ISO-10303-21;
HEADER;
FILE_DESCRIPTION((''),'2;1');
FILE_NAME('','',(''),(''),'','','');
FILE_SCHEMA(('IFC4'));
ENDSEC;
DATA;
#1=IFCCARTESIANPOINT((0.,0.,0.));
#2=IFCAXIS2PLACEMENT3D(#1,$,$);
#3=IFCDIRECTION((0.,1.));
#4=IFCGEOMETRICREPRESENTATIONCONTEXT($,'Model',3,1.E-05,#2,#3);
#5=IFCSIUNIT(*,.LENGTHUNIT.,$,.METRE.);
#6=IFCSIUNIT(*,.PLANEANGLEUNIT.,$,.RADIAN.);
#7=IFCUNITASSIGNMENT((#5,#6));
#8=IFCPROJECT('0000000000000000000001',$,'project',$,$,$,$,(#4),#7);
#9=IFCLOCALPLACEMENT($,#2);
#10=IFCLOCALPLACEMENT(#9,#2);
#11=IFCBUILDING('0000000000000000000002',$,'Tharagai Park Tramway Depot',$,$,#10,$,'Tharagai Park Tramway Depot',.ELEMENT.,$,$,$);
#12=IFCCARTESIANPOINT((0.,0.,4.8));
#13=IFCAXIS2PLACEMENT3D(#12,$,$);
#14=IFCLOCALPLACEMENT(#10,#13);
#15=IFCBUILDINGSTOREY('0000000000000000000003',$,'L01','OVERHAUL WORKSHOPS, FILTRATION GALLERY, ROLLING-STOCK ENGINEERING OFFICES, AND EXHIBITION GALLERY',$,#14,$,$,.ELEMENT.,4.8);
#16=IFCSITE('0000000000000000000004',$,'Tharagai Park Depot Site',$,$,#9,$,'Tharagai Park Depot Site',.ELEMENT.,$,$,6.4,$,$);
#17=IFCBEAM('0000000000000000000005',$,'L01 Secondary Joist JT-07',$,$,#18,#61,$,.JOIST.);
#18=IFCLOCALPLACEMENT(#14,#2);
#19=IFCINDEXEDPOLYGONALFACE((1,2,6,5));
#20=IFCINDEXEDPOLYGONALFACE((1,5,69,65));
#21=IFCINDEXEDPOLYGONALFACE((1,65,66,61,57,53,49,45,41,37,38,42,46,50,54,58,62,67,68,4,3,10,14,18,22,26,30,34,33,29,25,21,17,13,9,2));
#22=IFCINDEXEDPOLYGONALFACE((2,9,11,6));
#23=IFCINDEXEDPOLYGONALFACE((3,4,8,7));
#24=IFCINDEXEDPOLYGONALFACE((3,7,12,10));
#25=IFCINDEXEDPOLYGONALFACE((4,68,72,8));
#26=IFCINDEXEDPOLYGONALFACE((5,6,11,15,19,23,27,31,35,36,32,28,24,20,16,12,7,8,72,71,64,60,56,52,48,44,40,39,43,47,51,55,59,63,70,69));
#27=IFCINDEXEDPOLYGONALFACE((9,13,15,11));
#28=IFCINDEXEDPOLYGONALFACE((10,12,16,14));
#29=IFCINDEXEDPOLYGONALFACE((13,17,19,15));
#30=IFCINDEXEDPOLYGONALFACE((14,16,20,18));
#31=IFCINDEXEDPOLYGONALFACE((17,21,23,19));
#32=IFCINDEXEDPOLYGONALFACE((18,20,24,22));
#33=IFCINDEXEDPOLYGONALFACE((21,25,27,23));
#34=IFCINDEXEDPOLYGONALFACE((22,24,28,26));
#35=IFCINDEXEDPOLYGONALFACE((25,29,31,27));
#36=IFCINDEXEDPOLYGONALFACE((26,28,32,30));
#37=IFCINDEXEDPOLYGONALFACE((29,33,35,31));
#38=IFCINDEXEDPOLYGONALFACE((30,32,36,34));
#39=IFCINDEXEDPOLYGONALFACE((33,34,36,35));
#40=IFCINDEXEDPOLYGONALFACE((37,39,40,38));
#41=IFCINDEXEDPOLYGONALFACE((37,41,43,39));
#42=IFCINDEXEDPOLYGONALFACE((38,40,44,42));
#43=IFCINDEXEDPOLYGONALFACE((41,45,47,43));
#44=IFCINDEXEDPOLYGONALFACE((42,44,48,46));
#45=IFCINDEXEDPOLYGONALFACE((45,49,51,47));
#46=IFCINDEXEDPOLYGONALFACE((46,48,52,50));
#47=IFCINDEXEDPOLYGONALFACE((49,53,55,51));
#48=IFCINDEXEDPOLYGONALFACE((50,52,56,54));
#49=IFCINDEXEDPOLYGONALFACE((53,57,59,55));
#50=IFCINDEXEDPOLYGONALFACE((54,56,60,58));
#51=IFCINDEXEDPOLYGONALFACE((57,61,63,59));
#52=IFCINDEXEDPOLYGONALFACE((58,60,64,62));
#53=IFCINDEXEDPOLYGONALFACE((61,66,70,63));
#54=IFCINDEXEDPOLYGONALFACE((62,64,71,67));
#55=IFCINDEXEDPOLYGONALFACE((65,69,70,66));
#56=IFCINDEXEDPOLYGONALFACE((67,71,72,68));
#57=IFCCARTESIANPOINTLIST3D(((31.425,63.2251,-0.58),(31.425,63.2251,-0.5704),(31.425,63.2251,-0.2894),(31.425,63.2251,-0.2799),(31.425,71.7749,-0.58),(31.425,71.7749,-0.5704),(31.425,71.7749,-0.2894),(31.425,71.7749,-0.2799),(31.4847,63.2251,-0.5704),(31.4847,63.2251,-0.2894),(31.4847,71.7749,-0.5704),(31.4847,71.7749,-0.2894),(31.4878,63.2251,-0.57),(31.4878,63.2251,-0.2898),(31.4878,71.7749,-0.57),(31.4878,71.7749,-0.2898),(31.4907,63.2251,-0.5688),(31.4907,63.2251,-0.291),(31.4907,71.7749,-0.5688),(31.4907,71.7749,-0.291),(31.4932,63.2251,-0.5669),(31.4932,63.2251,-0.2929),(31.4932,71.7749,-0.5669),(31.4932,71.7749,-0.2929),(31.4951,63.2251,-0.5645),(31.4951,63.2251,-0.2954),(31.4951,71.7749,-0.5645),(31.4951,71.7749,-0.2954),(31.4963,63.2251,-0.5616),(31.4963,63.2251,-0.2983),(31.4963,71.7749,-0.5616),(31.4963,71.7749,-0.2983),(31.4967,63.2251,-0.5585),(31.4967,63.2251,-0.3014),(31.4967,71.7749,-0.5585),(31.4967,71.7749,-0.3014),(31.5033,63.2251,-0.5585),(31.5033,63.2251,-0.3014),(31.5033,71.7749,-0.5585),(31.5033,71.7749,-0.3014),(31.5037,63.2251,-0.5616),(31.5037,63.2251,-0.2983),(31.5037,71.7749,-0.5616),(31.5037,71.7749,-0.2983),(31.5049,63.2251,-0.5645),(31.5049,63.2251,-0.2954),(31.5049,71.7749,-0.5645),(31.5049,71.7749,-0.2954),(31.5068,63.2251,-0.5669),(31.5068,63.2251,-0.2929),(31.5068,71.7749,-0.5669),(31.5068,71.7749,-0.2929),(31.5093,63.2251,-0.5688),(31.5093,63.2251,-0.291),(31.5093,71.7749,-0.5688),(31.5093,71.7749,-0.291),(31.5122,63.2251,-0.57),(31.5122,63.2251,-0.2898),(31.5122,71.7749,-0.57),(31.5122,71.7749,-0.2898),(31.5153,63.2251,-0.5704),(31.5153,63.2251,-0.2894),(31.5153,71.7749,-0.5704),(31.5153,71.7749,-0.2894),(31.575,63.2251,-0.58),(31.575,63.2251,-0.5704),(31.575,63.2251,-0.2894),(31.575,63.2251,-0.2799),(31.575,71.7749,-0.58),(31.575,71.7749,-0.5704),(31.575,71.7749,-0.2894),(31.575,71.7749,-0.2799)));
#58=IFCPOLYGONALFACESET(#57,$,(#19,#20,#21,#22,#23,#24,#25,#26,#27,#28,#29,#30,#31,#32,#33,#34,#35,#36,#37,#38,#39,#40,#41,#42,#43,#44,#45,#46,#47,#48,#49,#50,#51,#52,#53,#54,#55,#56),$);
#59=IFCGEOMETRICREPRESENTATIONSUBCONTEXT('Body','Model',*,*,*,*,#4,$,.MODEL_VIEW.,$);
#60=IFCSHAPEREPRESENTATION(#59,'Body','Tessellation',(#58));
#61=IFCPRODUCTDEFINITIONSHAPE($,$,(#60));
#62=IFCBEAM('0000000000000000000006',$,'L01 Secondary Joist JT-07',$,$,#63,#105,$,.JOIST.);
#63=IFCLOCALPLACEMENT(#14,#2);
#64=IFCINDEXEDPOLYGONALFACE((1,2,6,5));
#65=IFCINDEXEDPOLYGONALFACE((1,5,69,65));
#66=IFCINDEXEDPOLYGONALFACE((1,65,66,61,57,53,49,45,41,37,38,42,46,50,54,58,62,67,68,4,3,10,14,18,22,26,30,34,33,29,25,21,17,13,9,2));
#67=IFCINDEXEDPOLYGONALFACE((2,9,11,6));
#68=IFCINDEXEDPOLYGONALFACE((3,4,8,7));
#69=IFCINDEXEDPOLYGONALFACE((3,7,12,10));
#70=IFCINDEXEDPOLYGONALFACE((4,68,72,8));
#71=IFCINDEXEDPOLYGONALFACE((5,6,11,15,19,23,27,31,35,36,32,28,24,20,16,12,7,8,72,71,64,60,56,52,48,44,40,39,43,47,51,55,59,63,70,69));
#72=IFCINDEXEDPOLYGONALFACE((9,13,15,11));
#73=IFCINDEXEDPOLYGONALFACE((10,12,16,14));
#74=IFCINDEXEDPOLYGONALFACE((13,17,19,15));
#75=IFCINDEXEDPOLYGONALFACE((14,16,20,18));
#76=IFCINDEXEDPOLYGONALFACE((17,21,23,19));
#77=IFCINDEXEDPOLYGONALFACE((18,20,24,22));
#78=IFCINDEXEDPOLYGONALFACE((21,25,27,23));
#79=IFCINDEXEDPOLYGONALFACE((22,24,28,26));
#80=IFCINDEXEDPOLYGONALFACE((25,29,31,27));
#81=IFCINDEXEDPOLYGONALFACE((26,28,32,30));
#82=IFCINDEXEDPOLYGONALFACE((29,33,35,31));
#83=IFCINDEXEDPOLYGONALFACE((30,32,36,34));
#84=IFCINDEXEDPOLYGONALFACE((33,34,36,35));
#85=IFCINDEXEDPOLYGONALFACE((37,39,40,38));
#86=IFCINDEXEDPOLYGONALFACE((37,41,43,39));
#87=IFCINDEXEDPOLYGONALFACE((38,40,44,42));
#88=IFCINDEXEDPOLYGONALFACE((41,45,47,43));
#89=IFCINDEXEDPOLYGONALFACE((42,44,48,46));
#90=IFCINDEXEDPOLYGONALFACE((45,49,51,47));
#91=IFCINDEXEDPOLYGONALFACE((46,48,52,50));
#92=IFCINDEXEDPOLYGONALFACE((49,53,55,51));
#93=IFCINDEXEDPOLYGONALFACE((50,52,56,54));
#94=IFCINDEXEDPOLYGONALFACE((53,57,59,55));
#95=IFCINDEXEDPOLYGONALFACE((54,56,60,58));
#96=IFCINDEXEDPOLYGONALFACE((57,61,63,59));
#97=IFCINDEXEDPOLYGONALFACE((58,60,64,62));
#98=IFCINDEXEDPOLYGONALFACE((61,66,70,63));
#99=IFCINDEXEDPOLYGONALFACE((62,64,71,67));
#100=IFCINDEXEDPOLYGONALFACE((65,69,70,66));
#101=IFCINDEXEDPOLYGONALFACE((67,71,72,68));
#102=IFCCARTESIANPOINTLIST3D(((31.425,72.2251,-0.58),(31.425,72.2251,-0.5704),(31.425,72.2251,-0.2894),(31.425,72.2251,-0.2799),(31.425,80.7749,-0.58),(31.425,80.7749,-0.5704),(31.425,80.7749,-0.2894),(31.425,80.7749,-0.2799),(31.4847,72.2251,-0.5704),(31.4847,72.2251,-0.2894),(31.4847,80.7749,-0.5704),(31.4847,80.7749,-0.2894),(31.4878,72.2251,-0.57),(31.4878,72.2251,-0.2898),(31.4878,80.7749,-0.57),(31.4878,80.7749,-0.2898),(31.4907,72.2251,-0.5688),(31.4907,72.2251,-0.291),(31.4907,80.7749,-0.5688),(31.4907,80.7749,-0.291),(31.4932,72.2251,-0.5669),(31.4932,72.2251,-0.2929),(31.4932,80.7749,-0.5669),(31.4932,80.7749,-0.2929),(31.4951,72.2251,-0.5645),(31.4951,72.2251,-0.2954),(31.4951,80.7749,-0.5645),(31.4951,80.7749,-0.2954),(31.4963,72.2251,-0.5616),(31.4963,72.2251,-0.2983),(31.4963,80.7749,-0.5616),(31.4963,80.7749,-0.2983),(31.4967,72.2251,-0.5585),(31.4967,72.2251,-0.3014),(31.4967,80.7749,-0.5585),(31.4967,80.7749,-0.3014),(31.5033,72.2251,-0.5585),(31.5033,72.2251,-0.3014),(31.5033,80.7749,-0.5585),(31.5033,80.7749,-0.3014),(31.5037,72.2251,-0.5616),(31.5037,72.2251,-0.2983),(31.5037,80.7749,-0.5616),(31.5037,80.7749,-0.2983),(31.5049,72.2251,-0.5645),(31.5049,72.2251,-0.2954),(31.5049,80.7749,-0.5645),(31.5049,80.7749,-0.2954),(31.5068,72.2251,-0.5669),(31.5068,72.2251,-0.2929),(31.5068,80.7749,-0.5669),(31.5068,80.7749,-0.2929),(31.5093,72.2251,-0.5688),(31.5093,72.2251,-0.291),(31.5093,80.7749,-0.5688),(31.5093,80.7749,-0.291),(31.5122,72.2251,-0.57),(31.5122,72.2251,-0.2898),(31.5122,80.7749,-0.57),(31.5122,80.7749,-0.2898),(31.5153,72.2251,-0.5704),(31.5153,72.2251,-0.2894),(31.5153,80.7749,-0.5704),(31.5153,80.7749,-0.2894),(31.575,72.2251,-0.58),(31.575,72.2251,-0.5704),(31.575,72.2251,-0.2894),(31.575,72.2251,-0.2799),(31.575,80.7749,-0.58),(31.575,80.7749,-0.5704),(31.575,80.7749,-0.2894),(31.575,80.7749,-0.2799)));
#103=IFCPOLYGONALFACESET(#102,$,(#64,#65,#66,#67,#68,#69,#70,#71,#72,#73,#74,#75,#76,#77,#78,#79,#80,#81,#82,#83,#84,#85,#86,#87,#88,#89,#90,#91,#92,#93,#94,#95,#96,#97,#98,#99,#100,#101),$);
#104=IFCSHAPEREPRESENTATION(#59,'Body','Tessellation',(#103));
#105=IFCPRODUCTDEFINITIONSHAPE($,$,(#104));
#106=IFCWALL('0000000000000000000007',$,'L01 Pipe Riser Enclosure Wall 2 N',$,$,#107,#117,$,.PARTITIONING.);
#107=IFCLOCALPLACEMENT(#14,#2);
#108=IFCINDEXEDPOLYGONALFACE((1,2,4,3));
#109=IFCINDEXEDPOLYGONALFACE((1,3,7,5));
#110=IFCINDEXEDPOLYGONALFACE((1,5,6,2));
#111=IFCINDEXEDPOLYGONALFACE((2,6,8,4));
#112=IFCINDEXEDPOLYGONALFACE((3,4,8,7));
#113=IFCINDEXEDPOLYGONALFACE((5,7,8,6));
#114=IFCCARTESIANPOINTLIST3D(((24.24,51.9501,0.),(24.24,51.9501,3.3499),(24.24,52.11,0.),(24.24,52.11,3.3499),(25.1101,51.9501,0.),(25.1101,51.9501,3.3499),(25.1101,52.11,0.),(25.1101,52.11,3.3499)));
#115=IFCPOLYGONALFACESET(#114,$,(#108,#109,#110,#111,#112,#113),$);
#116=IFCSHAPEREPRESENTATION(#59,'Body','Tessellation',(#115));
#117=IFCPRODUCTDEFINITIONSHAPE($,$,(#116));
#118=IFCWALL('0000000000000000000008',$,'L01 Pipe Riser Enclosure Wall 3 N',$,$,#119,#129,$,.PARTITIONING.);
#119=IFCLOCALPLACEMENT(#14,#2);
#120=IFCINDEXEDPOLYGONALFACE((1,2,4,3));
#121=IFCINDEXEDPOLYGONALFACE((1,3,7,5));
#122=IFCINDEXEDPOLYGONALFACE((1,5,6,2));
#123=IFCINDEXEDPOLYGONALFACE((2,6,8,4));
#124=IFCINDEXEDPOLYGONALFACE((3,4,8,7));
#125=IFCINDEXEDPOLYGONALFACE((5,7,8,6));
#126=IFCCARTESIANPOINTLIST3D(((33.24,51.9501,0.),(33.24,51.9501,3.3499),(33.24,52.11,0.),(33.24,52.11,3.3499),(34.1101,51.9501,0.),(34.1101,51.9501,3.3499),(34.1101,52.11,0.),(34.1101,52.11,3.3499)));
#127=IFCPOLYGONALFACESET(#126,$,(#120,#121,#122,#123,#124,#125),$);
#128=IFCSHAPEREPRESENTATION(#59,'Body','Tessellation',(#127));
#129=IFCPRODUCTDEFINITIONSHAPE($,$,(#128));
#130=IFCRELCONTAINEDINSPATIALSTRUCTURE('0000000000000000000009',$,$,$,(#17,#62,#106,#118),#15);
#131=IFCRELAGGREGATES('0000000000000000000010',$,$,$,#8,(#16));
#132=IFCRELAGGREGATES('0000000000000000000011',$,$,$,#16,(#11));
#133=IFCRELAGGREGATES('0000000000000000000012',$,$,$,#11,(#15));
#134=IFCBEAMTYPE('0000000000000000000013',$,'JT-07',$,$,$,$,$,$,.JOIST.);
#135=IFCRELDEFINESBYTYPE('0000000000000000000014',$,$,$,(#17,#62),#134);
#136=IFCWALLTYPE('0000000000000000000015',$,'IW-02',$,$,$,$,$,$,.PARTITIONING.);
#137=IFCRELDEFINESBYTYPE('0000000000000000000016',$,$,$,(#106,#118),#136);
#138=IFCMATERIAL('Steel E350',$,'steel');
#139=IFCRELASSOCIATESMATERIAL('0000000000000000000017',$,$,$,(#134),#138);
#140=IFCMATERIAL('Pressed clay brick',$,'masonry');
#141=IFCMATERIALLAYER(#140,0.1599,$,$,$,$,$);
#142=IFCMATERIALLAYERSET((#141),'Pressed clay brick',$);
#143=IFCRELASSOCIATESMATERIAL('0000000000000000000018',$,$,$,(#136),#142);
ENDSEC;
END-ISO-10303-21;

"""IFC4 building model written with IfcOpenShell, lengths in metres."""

from ifc_helpers import new_model, si_unit, direction, frame, frame_2d, origin, origin_2d, place, context, subcontext, project, spatial, rectangle, i_section, extrude, material, layer, layer_set, material_profile, profile_set, type_object, element, save


model = new_model("IFC4")

# Units and contexts
model_context = context("Model", 3, precision=1e-05, world=origin(), true_north=direction((0.0, 1.0)))
body_context = subcontext(model_context, "Body", "Model", "MODEL_VIEW")
ifc_project = project(units=[si_unit("LENGTHUNIT", "METRE"), si_unit("PLANEANGLEUNIT", "RADIAN")], contexts=[model_context])

# Site, building, storey
site_placement = place(None, origin())
site = spatial("IfcSite", under=ifc_project, at=site_placement, Name="Tharagai Park Depot Site", LongName="Tharagai Park Depot Site", CompositionType="ELEMENT", RefElevation=6.4)
building_placement = place(site_placement, origin())
building = spatial("IfcBuilding", under=site, at=building_placement, Name="Tharagai Park Tramway Depot", LongName="Tharagai Park Tramway Depot", CompositionType="ELEMENT")
storey_placement = place(building_placement, frame((0.0, 0.0, 4.8)))
storey = spatial("IfcBuildingStorey", under=building, at=storey_placement, Name="L01", Description="OVERHAUL WORKSHOPS, FILTRATION GALLERY, ROLLING-STOCK ENGINEERING OFFICES, AND EXHIBITION GALLERY", CompositionType="ELEMENT", Elevation=4.8)

# Shared definitions
ifc_material_1 = material(Name="Steel E350", Category="steel")

# Beams
ifc_material_profile_1 = material_profile(ifc_material_1, i_section(OverallWidth=0.1499, OverallDepth=0.3, WebThickness=0.0066, FlangeThickness=0.0095, FilletRadius=0.012, at=origin_2d()), Name="ISLB 300")
ifc_profile_set_1 = profile_set([ifc_material_profile_1], Name="Steel E350")
beam_type_1 = type_object("IfcBeamType", Name="JT-07", PredefinedType="JOIST", material=ifc_profile_set_1)
for number, where, z_axis, x_axis, name in (
    (1, (31.5, 63.2251, -0.4299), (0.0, 1.0, 0.0), (-1.0, 0.0, 0.0), "L01 Secondary Joist JT-07"),
    (2, (31.5, 72.2251, -0.4299), (0.0, 1.0, 0.0), (-1.0, 0.0, 0.0), "L01 Secondary Joist JT-07"),
):
    element("IfcBeam", number, at=place(storey_placement, frame(where, z_axis=z_axis, x_axis=x_axis)), inside=storey, type_object=beam_type_1, Name=name, PredefinedType="JOIST", context=body_context, shape_type="SweptSolid", body=[
        extrude(i_section(OverallWidth=0.1499, OverallDepth=0.3, WebThickness=0.0066, FlangeThickness=0.0095, FilletRadius=0.012, at=origin_2d()), origin(), (0.0, 0.0, 1.0), 8.5498),
    ])

# Walls
ifc_material_2 = material(Name="Pressed clay brick", Category="masonry")
ifc_layer = layer(ifc_material_2, 0.1599)
ifc_layer_set = layer_set([ifc_layer], Name="Pressed clay brick")
wall_type = type_object("IfcWallType", Name="IW-02", PredefinedType="PARTITIONING", material=ifc_layer_set)
for number, where, z_axis, x_axis, name in (
    (3, (24.24, 52.03, 0.0), (0.0, 0.0, 1.0), (1.0, 0.0, 0.0), "L01 Pipe Riser Enclosure Wall 2 N"),
    (4, (33.24, 52.03, 0.0), (0.0, 0.0, 1.0), (1.0, 0.0, 0.0), "L01 Pipe Riser Enclosure Wall 3 N"),
):
    element("IfcWall", number, at=place(storey_placement, frame(where, z_axis=z_axis, x_axis=x_axis)), inside=storey, type_object=wall_type, Name=name, PredefinedType="PARTITIONING", context=body_context, shape_type="SweptSolid", body=[
        extrude(rectangle(XDim=0.8701, YDim=0.1599, at=frame_2d((0.4351, 0.0))), origin(), (0.0, 0.0, 1.0), 3.3499),
    ])

save(model, "model.ifc")
